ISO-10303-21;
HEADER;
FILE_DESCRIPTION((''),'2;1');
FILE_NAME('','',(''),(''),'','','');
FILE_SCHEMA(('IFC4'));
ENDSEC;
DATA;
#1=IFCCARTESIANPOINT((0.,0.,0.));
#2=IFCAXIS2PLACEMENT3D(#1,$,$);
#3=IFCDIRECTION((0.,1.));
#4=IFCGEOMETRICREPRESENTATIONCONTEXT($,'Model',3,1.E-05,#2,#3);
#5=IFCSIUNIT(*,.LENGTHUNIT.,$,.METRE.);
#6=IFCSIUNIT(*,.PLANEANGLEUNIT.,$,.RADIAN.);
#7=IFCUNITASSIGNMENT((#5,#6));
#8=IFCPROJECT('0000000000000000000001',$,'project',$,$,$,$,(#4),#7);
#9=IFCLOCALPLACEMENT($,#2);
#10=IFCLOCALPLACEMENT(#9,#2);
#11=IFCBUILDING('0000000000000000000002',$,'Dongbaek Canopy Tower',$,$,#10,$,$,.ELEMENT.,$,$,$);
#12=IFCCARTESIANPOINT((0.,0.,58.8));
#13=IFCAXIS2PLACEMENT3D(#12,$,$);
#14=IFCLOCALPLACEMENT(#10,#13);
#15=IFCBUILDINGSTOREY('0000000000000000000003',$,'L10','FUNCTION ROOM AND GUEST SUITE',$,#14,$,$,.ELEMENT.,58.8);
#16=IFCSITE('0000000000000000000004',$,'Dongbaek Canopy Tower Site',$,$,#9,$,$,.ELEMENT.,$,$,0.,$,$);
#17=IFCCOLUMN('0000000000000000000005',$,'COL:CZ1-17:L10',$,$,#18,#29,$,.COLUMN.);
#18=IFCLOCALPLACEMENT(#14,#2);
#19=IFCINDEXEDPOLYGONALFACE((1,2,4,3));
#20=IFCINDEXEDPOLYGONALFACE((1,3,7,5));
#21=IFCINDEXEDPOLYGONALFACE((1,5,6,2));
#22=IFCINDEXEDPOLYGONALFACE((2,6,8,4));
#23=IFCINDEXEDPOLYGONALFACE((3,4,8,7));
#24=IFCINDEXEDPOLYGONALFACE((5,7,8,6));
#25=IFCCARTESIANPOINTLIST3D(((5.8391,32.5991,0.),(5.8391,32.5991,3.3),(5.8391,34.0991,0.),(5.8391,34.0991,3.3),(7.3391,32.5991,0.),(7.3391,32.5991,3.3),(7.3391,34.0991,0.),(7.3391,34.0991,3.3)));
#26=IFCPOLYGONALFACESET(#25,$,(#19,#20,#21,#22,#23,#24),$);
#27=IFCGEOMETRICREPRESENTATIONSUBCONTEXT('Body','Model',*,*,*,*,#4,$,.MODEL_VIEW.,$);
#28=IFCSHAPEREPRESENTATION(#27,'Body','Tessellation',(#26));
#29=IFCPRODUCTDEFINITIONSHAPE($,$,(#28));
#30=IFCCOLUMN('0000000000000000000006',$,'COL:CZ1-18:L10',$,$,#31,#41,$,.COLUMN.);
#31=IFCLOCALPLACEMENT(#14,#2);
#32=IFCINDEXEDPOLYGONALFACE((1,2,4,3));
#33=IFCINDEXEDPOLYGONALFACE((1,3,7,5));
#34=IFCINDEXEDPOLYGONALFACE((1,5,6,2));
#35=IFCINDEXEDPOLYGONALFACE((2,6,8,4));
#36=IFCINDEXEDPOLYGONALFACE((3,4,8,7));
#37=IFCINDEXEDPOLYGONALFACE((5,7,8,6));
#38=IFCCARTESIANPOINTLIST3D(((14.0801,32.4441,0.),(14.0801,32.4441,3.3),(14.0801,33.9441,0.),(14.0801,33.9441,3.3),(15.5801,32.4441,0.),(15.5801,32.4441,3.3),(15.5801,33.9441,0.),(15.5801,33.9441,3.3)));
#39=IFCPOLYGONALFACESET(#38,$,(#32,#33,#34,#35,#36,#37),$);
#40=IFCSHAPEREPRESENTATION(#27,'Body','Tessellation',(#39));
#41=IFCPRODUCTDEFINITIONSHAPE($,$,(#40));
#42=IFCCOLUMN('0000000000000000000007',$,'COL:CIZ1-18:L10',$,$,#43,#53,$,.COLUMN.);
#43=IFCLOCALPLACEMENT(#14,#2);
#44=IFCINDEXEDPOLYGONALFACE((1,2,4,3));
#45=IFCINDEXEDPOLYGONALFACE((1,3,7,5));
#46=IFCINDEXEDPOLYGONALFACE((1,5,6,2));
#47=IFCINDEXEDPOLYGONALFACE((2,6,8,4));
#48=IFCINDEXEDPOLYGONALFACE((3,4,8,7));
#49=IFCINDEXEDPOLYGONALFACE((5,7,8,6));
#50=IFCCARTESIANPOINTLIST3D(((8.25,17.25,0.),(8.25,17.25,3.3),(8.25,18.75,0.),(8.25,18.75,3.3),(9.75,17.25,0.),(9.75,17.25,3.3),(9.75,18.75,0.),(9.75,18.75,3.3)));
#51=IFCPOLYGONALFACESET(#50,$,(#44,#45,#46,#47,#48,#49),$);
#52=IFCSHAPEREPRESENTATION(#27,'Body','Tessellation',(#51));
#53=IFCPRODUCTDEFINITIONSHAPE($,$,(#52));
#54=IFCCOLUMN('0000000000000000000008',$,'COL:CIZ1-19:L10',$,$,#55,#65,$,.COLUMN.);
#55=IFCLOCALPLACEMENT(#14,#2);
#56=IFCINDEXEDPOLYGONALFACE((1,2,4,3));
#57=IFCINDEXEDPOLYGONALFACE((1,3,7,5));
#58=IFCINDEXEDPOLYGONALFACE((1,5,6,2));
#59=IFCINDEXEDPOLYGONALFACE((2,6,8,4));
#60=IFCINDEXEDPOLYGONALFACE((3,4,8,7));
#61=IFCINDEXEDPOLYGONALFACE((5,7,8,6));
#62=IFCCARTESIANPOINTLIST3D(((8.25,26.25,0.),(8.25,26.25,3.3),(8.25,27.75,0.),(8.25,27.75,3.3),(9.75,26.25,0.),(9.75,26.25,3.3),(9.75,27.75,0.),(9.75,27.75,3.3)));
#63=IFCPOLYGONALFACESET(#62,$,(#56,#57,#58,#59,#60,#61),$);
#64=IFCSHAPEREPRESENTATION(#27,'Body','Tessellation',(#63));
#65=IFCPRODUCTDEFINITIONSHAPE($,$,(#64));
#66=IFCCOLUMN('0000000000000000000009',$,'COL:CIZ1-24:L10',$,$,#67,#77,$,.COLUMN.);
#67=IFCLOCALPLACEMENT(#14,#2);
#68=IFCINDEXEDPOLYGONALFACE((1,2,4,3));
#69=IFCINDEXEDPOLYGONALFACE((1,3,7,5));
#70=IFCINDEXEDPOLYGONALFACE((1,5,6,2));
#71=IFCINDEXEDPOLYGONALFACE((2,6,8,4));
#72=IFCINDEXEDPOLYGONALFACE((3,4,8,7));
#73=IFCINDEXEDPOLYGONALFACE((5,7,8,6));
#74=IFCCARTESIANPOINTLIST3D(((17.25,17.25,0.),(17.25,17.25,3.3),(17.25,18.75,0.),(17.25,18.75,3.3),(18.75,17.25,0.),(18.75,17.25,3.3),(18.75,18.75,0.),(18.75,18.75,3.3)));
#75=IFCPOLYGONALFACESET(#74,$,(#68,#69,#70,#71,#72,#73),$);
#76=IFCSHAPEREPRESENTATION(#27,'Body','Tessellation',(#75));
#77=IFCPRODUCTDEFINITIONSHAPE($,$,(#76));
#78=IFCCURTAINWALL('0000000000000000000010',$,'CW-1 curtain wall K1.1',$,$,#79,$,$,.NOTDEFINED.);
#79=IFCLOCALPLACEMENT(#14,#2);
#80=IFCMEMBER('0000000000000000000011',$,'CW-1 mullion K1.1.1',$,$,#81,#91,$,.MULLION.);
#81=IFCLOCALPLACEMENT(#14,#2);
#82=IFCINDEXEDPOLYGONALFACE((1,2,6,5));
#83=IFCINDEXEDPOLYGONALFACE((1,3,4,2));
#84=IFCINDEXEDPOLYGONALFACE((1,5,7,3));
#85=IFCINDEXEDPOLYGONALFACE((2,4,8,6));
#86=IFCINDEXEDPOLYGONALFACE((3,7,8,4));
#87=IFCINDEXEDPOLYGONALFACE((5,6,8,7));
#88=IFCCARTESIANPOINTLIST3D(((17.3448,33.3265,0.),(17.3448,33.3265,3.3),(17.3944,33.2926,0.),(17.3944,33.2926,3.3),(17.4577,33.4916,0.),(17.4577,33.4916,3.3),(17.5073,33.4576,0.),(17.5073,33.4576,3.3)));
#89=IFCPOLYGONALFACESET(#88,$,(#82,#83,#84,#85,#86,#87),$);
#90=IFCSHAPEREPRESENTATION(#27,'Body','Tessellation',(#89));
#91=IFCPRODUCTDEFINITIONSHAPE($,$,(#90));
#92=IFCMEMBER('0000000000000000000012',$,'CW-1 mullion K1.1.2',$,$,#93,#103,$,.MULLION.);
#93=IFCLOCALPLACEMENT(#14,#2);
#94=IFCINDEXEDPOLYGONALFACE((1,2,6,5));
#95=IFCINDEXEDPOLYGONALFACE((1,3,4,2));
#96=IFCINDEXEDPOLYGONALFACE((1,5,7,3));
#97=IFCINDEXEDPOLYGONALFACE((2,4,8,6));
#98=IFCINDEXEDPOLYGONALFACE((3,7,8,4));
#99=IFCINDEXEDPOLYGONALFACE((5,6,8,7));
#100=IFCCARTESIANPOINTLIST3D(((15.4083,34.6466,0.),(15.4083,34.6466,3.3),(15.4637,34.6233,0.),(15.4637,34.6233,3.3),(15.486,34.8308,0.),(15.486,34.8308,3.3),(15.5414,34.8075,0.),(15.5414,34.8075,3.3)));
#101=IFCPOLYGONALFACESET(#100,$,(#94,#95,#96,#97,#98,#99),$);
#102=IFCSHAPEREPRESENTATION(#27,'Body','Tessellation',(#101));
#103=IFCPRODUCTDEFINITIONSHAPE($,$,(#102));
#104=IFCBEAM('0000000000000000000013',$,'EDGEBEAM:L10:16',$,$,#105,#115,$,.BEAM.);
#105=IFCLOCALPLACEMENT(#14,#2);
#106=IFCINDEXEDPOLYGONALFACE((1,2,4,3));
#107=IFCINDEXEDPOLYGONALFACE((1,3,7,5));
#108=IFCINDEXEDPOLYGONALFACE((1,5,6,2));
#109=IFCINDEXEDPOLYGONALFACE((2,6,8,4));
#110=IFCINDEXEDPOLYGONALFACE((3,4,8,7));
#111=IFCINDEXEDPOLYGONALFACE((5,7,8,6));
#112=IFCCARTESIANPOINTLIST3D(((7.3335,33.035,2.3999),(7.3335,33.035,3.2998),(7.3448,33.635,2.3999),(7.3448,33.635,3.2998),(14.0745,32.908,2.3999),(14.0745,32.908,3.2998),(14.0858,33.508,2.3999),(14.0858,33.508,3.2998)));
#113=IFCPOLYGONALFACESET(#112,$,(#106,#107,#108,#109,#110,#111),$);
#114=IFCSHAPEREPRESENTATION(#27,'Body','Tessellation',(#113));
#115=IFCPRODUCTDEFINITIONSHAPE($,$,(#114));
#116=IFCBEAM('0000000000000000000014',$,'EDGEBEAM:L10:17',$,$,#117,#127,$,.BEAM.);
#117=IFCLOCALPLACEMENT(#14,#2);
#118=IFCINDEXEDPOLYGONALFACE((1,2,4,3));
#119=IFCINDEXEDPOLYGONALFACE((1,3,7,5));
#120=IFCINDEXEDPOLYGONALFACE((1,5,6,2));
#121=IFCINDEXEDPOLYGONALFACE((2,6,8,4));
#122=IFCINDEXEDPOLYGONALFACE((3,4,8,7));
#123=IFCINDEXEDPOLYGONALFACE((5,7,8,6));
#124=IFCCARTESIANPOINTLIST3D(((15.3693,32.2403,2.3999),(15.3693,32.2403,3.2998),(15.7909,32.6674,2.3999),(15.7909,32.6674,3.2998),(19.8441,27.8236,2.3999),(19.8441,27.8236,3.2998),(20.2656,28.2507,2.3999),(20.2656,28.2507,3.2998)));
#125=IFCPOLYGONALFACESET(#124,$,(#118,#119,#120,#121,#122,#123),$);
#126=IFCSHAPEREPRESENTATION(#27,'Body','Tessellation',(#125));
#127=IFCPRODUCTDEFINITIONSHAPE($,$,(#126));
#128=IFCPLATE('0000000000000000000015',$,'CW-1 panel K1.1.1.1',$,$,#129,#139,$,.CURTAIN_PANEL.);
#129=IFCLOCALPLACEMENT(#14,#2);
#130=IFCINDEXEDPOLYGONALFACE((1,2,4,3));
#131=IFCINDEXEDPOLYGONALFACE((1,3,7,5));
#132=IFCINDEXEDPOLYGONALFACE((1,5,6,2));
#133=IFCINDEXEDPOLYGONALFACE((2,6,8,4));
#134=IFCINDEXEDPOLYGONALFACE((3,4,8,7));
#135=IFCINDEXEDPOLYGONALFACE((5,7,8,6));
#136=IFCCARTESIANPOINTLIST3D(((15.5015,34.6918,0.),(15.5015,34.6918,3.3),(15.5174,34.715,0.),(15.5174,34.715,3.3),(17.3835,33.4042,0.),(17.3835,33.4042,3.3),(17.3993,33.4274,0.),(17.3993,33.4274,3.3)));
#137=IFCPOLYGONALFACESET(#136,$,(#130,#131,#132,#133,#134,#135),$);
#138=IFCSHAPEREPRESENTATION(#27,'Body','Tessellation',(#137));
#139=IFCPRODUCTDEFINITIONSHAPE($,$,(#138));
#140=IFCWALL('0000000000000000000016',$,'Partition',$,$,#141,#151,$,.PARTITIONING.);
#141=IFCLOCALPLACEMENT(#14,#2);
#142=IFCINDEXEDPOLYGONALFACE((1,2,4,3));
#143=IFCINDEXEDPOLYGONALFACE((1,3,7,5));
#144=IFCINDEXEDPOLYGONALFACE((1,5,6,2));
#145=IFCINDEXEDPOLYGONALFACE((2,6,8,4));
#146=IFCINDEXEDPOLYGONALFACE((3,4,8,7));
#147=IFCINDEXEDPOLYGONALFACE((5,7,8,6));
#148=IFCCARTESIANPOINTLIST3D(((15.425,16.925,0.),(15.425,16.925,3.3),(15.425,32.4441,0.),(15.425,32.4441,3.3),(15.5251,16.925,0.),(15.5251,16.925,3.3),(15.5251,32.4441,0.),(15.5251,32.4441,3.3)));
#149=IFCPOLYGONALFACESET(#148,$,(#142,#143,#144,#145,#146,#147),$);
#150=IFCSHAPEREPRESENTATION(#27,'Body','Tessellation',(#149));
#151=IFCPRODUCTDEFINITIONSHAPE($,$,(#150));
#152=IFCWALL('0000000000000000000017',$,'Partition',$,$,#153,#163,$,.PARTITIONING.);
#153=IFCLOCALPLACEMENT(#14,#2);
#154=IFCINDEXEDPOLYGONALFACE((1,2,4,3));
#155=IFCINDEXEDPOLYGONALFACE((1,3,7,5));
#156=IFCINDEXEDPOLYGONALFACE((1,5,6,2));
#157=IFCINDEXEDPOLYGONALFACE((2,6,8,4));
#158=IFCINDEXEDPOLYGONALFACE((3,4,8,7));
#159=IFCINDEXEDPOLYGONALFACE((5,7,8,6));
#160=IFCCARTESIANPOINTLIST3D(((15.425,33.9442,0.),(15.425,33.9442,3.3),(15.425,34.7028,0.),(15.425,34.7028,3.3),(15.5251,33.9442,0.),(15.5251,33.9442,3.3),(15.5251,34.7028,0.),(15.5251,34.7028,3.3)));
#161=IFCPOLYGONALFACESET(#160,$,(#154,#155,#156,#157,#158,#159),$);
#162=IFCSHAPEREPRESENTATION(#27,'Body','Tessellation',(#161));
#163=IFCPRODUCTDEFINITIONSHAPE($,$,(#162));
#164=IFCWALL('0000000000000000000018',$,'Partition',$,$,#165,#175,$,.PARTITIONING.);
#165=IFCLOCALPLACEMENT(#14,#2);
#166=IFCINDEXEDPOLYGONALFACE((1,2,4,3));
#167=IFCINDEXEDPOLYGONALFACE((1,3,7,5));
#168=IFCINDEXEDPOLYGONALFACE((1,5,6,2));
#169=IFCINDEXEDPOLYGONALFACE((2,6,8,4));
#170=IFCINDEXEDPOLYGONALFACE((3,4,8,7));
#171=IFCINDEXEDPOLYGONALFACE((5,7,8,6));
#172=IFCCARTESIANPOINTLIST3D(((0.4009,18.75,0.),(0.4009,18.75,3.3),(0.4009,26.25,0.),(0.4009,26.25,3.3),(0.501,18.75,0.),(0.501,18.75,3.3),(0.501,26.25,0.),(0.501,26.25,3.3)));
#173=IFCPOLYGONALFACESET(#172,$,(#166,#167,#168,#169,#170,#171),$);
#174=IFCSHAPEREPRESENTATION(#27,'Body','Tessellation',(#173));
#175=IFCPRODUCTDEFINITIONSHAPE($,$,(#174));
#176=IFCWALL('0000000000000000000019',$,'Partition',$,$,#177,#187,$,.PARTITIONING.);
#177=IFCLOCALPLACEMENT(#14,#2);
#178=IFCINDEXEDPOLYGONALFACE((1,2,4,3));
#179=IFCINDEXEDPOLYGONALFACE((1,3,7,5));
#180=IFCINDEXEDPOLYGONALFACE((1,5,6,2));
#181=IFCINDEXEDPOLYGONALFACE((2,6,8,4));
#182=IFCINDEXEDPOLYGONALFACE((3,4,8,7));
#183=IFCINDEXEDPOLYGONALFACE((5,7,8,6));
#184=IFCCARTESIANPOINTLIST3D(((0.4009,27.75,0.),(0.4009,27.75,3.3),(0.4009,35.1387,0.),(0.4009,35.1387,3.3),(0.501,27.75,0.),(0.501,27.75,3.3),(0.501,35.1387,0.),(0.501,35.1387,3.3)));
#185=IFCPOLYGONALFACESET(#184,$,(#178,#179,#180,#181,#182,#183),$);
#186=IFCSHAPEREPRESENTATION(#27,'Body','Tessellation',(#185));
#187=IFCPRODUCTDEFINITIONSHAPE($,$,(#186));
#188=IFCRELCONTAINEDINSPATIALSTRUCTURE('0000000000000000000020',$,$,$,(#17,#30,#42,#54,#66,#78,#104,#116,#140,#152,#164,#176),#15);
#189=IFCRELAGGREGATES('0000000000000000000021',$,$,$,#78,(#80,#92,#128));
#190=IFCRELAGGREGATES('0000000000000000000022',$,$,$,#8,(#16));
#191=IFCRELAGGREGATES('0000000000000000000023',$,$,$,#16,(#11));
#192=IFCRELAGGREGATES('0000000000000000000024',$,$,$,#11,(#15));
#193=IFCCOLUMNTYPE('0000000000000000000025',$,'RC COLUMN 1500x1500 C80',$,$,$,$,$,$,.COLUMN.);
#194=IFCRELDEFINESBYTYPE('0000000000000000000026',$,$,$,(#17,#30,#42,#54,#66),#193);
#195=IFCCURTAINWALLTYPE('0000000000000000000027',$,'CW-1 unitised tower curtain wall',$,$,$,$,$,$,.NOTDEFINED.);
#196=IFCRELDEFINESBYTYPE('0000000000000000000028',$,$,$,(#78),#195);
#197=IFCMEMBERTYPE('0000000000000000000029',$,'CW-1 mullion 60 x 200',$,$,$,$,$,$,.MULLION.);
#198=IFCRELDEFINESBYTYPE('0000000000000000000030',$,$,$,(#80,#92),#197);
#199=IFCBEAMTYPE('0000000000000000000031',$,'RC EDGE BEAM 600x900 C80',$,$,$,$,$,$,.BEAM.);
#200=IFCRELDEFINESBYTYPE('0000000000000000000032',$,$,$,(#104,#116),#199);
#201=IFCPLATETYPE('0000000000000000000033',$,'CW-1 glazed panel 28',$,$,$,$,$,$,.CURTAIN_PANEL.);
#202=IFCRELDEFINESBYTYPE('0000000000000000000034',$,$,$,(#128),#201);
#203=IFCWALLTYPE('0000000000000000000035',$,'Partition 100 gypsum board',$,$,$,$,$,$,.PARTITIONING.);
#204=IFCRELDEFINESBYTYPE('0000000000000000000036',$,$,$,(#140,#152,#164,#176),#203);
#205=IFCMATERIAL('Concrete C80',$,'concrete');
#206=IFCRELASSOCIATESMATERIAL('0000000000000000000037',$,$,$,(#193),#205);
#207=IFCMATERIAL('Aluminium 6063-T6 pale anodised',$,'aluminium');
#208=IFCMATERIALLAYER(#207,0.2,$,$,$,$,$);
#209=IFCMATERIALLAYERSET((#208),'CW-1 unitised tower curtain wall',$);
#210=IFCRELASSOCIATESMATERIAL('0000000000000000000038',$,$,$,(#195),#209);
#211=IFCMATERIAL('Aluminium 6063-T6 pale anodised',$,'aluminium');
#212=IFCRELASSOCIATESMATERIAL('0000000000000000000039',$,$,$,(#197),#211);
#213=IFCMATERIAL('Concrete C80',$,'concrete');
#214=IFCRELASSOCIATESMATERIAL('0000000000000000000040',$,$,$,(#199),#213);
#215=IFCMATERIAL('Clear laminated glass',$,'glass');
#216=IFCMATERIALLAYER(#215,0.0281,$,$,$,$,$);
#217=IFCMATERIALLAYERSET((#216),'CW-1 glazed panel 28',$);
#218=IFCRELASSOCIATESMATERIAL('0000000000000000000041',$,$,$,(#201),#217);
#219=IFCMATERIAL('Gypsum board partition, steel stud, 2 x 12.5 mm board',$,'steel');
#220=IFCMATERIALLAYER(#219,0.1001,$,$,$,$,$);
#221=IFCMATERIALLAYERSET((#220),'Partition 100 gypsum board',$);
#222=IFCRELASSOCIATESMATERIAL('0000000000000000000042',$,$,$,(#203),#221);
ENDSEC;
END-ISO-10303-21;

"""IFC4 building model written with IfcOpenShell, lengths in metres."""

from ifc_helpers import new_model, si_unit, direction, frame, frame_2d, origin, origin_2d, place, context, subcontext, project, spatial, rectangle, extrude, material, layer, layer_set, material_profile, profile_set, type_object, element, aggregate, save


model = new_model("IFC4")

# Units and contexts
model_context = context("Model", 3, precision=1e-05, world=origin(), true_north=direction((0.0, 1.0)))
body_context = subcontext(model_context, "Body", "Model", "MODEL_VIEW")
ifc_project = project(units=[si_unit("LENGTHUNIT", "METRE"), si_unit("PLANEANGLEUNIT", "RADIAN")], contexts=[model_context])

# Site, building, storey
site_placement = place(None, origin())
site = spatial("IfcSite", under=ifc_project, at=site_placement, Name="Dongbaek Canopy Tower Site", CompositionType="ELEMENT", RefElevation=0.0)
building_placement = place(site_placement, origin())
building = spatial("IfcBuilding", under=site, at=building_placement, Name="Dongbaek Canopy Tower", CompositionType="ELEMENT")
storey_placement = place(building_placement, frame((0.0, 0.0, 58.8)))
storey = spatial("IfcBuildingStorey", under=building, at=storey_placement, Name="L10", Description="FUNCTION ROOM AND GUEST SUITE", CompositionType="ELEMENT", Elevation=58.8)

# Columns
ifc_material_1 = material(Name="Concrete C80", Category="concrete")
ifc_material_profile_1 = material_profile(ifc_material_1, rectangle(XDim=1.5, YDim=1.5, at=origin_2d()), Name="RC COLUMN 1500x1500 C80")
ifc_profile_set_1 = profile_set([ifc_material_profile_1], Name="Concrete C80")
column_type = type_object("IfcColumnType", Name="RC COLUMN 1500x1500 C80", PredefinedType="COLUMN", material=ifc_profile_set_1)
for number, where, z_axis, x_axis, name in (
    (1, (6.5891, 33.3491, 0.0), (0.0, 0.0, 1.0), (1.0, 0.0, 0.0), "COL:CZ1-17:L10"),
    (2, (14.8301, 33.1941, 0.0), (0.0, 0.0, 1.0), (1.0, 0.0, 0.0), "COL:CZ1-18:L10"),
    (3, (9.0, 18.0, 0.0), (0.0, 0.0, 1.0), (1.0, 0.0, 0.0), "COL:CIZ1-18:L10"),
    (4, (9.0, 27.0, 0.0), (0.0, 0.0, 1.0), (1.0, 0.0, 0.0), "COL:CIZ1-19:L10"),
    (5, (18.0, 18.0, 0.0), (0.0, 0.0, 1.0), (1.0, 0.0, 0.0), "COL:CIZ1-24:L10"),
):
    element("IfcColumn", number, at=place(storey_placement, frame(where, z_axis=z_axis, x_axis=x_axis)), inside=storey, type_object=column_type, Name=name, PredefinedType="COLUMN", context=body_context, shape_type="SweptSolid", body=[
        extrude(rectangle(XDim=1.5, YDim=1.5, at=origin_2d()), origin(), (0.0, 0.0, 1.0), 3.3),
    ])

# Curtain wall, members
ifc_material_2 = material(Name="Aluminium 6063-T6 pale anodised", Category="aluminium")
ifc_layer_1 = layer(ifc_material_2, 0.2)
ifc_layer_set_1 = layer_set([ifc_layer_1], Name="CW-1 unitised tower curtain wall")
curtain_wall_type = type_object("IfcCurtainWallType", Name="CW-1 unitised tower curtain wall", PredefinedType="NOTDEFINED", material=ifc_layer_set_1)
curtain_wall_placement = place(storey_placement, origin())
curtain_wall = element("IfcCurtainWall", 6, at=curtain_wall_placement, inside=storey, type_object=curtain_wall_type, Name="CW-1 curtain wall K1.1", PredefinedType="NOTDEFINED")
ifc_material_3 = material(Name="Aluminium 6063-T6 pale anodised", Category="aluminium")
ifc_material_profile_2 = material_profile(ifc_material_3, rectangle(XDim=0.2, YDim=0.0601, at=origin_2d()), Name="CW-1 mullion 60 x 200")
ifc_profile_set_2 = profile_set([ifc_material_profile_2], Name="Aluminium 6063-T6 pale anodised")
member_type = type_object("IfcMemberType", Name="CW-1 mullion 60 x 200", PredefinedType="MULLION", material=ifc_profile_set_2)
member_1_placement = place(storey_placement, frame((17.426, 33.3921, 0.0), z_axis=(0.0, 0.0, 1.0), x_axis=(0.564668, 0.825318, 0.0)))
member_1 = element("IfcMember", 7, at=member_1_placement, type_object=member_type, Name="CW-1 mullion K1.1.1", PredefinedType="MULLION", context=body_context, shape_type="SweptSolid", body=[
    extrude(rectangle(XDim=0.2, YDim=0.0601, at=origin_2d()), origin(), (0.0, 0.0, 1.0), 3.3),
])
member_2_placement = place(storey_placement, frame((15.4749, 34.7271, 0.0), z_axis=(0.0, 0.0, 1.0), x_axis=(0.388619, 0.921399, 0.0)))
member_2 = element("IfcMember", 8, at=member_2_placement, type_object=member_type, Name="CW-1 mullion K1.1.2", PredefinedType="MULLION", context=body_context, shape_type="SweptSolid", body=[
    extrude(rectangle(XDim=0.2, YDim=0.0601, at=origin_2d()), origin(), (0.0, 0.0, 1.0), 3.3),
])

# Beams
ifc_material_4 = material(Name="Concrete C80", Category="concrete")
ifc_material_profile_3 = material_profile(ifc_material_4, rectangle(XDim=0.6001, YDim=0.8999, at=origin_2d()), Name="RC EDGE BEAM 600x900 C80")
ifc_profile_set_3 = profile_set([ifc_material_profile_3], Name="Concrete C80")
beam_type = type_object("IfcBeamType", Name="RC EDGE BEAM 600x900 C80", PredefinedType="BEAM", material=ifc_profile_set_3)
beam_1_placement = place(storey_placement, frame((7.3391, 33.335, 2.8499), z_axis=(0.999823, -0.01883, 0.0), x_axis=(0.01883, 0.999823, 0.0)))
element("IfcBeam", 9, at=beam_1_placement, inside=storey, type_object=beam_type, Name="EDGEBEAM:L10:16", PredefinedType="BEAM", context=body_context, shape_type="SweptSolid", body=[
    extrude(rectangle(XDim=0.6001, YDim=0.8999, at=origin_2d()), origin(), (0.0, 0.0, 1.0), 6.7422),
])
beam_2_placement = place(storey_placement, frame((15.5801, 32.4539, 2.8499), z_axis=(0.711712, -0.702471, 0.0), x_axis=(0.702471, 0.711712, 0.0)))
element("IfcBeam", 10, at=beam_2_placement, inside=storey, type_object=beam_type, Name="EDGEBEAM:L10:17", PredefinedType="BEAM", context=body_context, shape_type="SweptSolid", body=[
    extrude(rectangle(XDim=0.6001, YDim=0.8999, at=origin_2d()), origin(), (0.0, 0.0, 1.0), 6.2874),
])

# Plate
ifc_material_5 = material(Name="Clear laminated glass", Category="glass")
ifc_layer_2 = layer(ifc_material_5, 0.0281)
ifc_layer_set_2 = layer_set([ifc_layer_2], Name="CW-1 glazed panel 28")
plate_type = type_object("IfcPlateType", Name="CW-1 glazed panel 28", PredefinedType="CURTAIN_PANEL", material=ifc_layer_set_2)
plate_placement = place(storey_placement, frame((16.4504, 34.0596, 0.0), z_axis=(0.0, 0.0, 1.0), x_axis=(-0.825318, 0.564668, 0.0)))
plate = element("IfcPlate", 11, at=plate_placement, type_object=plate_type, Name="CW-1 panel K1.1.1.1", PredefinedType="CURTAIN_PANEL", context=body_context, shape_type="SweptSolid", body=[
    extrude(rectangle(XDim=2.2803, YDim=0.0281, at=origin_2d()), origin(), (0.0, 0.0, 1.0), 3.3),
])
aggregate(curtain_wall, [member_1, member_2, plate])

# Walls
ifc_material_6 = material(Name="Gypsum board partition, steel stud, 2 x 12.5 mm board", Category="steel")
ifc_layer_3 = layer(ifc_material_6, 0.1001)
ifc_layer_set_3 = layer_set([ifc_layer_3], Name="Partition 100 gypsum board")
wall_type = type_object("IfcWallType", Name="Partition 100 gypsum board", PredefinedType="PARTITIONING", material=ifc_layer_set_3)
wall_1_placement = place(storey_placement, frame((15.4751, 16.925, 0.0), z_axis=(0.0, 0.0, 1.0), x_axis=(0.0, 1.0, 0.0)))
element("IfcWall", 12, at=wall_1_placement, inside=storey, type_object=wall_type, Name="Partition", PredefinedType="PARTITIONING", context=body_context, shape_type="SweptSolid", body=[
    extrude(rectangle(XDim=15.519, YDim=0.1001, at=frame_2d((7.7595, 0.0))), origin(), (0.0, 0.0, 1.0), 3.3),
])
wall_2_placement = place(storey_placement, frame((15.4751, 33.9441, 0.0), z_axis=(0.0, 0.0, 1.0), x_axis=(0.0, 1.0, 0.0)))
element("IfcWall", 13, at=wall_2_placement, inside=storey, type_object=wall_type, Name="Partition", PredefinedType="PARTITIONING", context=body_context, shape_type="SweptSolid", body=[
    extrude(rectangle(XDim=0.7585, YDim=0.1001, at=frame_2d((0.3794, 0.0))), origin(), (0.0, 0.0, 1.0), 3.3),
])
wall_3_placement = place(storey_placement, frame((0.4509, 18.75, 0.0), z_axis=(0.0, 0.0, 1.0), x_axis=(0.0, 1.0, 0.0)))
element("IfcWall", 14, at=wall_3_placement, inside=storey, type_object=wall_type, Name="Partition", PredefinedType="PARTITIONING", context=body_context, shape_type="SweptSolid", body=[
    extrude(rectangle(XDim=7.5, YDim=0.1001, at=frame_2d((3.75, 0.0))), origin(), (0.0, 0.0, 1.0), 3.3),
])
wall_4_placement = place(storey_placement, frame((0.4509, 27.75, 0.0), z_axis=(0.0, 0.0, 1.0), x_axis=(0.0, 1.0, 0.0)))
element("IfcWall", 15, at=wall_4_placement, inside=storey, type_object=wall_type, Name="Partition", PredefinedType="PARTITIONING", context=body_context, shape_type="SweptSolid", body=[
    extrude(rectangle(XDim=7.3887, YDim=0.1001, at=frame_2d((3.6943, 0.0))), origin(), (0.0, 0.0, 1.0), 3.3),
])

save(model, "model.ifc")
